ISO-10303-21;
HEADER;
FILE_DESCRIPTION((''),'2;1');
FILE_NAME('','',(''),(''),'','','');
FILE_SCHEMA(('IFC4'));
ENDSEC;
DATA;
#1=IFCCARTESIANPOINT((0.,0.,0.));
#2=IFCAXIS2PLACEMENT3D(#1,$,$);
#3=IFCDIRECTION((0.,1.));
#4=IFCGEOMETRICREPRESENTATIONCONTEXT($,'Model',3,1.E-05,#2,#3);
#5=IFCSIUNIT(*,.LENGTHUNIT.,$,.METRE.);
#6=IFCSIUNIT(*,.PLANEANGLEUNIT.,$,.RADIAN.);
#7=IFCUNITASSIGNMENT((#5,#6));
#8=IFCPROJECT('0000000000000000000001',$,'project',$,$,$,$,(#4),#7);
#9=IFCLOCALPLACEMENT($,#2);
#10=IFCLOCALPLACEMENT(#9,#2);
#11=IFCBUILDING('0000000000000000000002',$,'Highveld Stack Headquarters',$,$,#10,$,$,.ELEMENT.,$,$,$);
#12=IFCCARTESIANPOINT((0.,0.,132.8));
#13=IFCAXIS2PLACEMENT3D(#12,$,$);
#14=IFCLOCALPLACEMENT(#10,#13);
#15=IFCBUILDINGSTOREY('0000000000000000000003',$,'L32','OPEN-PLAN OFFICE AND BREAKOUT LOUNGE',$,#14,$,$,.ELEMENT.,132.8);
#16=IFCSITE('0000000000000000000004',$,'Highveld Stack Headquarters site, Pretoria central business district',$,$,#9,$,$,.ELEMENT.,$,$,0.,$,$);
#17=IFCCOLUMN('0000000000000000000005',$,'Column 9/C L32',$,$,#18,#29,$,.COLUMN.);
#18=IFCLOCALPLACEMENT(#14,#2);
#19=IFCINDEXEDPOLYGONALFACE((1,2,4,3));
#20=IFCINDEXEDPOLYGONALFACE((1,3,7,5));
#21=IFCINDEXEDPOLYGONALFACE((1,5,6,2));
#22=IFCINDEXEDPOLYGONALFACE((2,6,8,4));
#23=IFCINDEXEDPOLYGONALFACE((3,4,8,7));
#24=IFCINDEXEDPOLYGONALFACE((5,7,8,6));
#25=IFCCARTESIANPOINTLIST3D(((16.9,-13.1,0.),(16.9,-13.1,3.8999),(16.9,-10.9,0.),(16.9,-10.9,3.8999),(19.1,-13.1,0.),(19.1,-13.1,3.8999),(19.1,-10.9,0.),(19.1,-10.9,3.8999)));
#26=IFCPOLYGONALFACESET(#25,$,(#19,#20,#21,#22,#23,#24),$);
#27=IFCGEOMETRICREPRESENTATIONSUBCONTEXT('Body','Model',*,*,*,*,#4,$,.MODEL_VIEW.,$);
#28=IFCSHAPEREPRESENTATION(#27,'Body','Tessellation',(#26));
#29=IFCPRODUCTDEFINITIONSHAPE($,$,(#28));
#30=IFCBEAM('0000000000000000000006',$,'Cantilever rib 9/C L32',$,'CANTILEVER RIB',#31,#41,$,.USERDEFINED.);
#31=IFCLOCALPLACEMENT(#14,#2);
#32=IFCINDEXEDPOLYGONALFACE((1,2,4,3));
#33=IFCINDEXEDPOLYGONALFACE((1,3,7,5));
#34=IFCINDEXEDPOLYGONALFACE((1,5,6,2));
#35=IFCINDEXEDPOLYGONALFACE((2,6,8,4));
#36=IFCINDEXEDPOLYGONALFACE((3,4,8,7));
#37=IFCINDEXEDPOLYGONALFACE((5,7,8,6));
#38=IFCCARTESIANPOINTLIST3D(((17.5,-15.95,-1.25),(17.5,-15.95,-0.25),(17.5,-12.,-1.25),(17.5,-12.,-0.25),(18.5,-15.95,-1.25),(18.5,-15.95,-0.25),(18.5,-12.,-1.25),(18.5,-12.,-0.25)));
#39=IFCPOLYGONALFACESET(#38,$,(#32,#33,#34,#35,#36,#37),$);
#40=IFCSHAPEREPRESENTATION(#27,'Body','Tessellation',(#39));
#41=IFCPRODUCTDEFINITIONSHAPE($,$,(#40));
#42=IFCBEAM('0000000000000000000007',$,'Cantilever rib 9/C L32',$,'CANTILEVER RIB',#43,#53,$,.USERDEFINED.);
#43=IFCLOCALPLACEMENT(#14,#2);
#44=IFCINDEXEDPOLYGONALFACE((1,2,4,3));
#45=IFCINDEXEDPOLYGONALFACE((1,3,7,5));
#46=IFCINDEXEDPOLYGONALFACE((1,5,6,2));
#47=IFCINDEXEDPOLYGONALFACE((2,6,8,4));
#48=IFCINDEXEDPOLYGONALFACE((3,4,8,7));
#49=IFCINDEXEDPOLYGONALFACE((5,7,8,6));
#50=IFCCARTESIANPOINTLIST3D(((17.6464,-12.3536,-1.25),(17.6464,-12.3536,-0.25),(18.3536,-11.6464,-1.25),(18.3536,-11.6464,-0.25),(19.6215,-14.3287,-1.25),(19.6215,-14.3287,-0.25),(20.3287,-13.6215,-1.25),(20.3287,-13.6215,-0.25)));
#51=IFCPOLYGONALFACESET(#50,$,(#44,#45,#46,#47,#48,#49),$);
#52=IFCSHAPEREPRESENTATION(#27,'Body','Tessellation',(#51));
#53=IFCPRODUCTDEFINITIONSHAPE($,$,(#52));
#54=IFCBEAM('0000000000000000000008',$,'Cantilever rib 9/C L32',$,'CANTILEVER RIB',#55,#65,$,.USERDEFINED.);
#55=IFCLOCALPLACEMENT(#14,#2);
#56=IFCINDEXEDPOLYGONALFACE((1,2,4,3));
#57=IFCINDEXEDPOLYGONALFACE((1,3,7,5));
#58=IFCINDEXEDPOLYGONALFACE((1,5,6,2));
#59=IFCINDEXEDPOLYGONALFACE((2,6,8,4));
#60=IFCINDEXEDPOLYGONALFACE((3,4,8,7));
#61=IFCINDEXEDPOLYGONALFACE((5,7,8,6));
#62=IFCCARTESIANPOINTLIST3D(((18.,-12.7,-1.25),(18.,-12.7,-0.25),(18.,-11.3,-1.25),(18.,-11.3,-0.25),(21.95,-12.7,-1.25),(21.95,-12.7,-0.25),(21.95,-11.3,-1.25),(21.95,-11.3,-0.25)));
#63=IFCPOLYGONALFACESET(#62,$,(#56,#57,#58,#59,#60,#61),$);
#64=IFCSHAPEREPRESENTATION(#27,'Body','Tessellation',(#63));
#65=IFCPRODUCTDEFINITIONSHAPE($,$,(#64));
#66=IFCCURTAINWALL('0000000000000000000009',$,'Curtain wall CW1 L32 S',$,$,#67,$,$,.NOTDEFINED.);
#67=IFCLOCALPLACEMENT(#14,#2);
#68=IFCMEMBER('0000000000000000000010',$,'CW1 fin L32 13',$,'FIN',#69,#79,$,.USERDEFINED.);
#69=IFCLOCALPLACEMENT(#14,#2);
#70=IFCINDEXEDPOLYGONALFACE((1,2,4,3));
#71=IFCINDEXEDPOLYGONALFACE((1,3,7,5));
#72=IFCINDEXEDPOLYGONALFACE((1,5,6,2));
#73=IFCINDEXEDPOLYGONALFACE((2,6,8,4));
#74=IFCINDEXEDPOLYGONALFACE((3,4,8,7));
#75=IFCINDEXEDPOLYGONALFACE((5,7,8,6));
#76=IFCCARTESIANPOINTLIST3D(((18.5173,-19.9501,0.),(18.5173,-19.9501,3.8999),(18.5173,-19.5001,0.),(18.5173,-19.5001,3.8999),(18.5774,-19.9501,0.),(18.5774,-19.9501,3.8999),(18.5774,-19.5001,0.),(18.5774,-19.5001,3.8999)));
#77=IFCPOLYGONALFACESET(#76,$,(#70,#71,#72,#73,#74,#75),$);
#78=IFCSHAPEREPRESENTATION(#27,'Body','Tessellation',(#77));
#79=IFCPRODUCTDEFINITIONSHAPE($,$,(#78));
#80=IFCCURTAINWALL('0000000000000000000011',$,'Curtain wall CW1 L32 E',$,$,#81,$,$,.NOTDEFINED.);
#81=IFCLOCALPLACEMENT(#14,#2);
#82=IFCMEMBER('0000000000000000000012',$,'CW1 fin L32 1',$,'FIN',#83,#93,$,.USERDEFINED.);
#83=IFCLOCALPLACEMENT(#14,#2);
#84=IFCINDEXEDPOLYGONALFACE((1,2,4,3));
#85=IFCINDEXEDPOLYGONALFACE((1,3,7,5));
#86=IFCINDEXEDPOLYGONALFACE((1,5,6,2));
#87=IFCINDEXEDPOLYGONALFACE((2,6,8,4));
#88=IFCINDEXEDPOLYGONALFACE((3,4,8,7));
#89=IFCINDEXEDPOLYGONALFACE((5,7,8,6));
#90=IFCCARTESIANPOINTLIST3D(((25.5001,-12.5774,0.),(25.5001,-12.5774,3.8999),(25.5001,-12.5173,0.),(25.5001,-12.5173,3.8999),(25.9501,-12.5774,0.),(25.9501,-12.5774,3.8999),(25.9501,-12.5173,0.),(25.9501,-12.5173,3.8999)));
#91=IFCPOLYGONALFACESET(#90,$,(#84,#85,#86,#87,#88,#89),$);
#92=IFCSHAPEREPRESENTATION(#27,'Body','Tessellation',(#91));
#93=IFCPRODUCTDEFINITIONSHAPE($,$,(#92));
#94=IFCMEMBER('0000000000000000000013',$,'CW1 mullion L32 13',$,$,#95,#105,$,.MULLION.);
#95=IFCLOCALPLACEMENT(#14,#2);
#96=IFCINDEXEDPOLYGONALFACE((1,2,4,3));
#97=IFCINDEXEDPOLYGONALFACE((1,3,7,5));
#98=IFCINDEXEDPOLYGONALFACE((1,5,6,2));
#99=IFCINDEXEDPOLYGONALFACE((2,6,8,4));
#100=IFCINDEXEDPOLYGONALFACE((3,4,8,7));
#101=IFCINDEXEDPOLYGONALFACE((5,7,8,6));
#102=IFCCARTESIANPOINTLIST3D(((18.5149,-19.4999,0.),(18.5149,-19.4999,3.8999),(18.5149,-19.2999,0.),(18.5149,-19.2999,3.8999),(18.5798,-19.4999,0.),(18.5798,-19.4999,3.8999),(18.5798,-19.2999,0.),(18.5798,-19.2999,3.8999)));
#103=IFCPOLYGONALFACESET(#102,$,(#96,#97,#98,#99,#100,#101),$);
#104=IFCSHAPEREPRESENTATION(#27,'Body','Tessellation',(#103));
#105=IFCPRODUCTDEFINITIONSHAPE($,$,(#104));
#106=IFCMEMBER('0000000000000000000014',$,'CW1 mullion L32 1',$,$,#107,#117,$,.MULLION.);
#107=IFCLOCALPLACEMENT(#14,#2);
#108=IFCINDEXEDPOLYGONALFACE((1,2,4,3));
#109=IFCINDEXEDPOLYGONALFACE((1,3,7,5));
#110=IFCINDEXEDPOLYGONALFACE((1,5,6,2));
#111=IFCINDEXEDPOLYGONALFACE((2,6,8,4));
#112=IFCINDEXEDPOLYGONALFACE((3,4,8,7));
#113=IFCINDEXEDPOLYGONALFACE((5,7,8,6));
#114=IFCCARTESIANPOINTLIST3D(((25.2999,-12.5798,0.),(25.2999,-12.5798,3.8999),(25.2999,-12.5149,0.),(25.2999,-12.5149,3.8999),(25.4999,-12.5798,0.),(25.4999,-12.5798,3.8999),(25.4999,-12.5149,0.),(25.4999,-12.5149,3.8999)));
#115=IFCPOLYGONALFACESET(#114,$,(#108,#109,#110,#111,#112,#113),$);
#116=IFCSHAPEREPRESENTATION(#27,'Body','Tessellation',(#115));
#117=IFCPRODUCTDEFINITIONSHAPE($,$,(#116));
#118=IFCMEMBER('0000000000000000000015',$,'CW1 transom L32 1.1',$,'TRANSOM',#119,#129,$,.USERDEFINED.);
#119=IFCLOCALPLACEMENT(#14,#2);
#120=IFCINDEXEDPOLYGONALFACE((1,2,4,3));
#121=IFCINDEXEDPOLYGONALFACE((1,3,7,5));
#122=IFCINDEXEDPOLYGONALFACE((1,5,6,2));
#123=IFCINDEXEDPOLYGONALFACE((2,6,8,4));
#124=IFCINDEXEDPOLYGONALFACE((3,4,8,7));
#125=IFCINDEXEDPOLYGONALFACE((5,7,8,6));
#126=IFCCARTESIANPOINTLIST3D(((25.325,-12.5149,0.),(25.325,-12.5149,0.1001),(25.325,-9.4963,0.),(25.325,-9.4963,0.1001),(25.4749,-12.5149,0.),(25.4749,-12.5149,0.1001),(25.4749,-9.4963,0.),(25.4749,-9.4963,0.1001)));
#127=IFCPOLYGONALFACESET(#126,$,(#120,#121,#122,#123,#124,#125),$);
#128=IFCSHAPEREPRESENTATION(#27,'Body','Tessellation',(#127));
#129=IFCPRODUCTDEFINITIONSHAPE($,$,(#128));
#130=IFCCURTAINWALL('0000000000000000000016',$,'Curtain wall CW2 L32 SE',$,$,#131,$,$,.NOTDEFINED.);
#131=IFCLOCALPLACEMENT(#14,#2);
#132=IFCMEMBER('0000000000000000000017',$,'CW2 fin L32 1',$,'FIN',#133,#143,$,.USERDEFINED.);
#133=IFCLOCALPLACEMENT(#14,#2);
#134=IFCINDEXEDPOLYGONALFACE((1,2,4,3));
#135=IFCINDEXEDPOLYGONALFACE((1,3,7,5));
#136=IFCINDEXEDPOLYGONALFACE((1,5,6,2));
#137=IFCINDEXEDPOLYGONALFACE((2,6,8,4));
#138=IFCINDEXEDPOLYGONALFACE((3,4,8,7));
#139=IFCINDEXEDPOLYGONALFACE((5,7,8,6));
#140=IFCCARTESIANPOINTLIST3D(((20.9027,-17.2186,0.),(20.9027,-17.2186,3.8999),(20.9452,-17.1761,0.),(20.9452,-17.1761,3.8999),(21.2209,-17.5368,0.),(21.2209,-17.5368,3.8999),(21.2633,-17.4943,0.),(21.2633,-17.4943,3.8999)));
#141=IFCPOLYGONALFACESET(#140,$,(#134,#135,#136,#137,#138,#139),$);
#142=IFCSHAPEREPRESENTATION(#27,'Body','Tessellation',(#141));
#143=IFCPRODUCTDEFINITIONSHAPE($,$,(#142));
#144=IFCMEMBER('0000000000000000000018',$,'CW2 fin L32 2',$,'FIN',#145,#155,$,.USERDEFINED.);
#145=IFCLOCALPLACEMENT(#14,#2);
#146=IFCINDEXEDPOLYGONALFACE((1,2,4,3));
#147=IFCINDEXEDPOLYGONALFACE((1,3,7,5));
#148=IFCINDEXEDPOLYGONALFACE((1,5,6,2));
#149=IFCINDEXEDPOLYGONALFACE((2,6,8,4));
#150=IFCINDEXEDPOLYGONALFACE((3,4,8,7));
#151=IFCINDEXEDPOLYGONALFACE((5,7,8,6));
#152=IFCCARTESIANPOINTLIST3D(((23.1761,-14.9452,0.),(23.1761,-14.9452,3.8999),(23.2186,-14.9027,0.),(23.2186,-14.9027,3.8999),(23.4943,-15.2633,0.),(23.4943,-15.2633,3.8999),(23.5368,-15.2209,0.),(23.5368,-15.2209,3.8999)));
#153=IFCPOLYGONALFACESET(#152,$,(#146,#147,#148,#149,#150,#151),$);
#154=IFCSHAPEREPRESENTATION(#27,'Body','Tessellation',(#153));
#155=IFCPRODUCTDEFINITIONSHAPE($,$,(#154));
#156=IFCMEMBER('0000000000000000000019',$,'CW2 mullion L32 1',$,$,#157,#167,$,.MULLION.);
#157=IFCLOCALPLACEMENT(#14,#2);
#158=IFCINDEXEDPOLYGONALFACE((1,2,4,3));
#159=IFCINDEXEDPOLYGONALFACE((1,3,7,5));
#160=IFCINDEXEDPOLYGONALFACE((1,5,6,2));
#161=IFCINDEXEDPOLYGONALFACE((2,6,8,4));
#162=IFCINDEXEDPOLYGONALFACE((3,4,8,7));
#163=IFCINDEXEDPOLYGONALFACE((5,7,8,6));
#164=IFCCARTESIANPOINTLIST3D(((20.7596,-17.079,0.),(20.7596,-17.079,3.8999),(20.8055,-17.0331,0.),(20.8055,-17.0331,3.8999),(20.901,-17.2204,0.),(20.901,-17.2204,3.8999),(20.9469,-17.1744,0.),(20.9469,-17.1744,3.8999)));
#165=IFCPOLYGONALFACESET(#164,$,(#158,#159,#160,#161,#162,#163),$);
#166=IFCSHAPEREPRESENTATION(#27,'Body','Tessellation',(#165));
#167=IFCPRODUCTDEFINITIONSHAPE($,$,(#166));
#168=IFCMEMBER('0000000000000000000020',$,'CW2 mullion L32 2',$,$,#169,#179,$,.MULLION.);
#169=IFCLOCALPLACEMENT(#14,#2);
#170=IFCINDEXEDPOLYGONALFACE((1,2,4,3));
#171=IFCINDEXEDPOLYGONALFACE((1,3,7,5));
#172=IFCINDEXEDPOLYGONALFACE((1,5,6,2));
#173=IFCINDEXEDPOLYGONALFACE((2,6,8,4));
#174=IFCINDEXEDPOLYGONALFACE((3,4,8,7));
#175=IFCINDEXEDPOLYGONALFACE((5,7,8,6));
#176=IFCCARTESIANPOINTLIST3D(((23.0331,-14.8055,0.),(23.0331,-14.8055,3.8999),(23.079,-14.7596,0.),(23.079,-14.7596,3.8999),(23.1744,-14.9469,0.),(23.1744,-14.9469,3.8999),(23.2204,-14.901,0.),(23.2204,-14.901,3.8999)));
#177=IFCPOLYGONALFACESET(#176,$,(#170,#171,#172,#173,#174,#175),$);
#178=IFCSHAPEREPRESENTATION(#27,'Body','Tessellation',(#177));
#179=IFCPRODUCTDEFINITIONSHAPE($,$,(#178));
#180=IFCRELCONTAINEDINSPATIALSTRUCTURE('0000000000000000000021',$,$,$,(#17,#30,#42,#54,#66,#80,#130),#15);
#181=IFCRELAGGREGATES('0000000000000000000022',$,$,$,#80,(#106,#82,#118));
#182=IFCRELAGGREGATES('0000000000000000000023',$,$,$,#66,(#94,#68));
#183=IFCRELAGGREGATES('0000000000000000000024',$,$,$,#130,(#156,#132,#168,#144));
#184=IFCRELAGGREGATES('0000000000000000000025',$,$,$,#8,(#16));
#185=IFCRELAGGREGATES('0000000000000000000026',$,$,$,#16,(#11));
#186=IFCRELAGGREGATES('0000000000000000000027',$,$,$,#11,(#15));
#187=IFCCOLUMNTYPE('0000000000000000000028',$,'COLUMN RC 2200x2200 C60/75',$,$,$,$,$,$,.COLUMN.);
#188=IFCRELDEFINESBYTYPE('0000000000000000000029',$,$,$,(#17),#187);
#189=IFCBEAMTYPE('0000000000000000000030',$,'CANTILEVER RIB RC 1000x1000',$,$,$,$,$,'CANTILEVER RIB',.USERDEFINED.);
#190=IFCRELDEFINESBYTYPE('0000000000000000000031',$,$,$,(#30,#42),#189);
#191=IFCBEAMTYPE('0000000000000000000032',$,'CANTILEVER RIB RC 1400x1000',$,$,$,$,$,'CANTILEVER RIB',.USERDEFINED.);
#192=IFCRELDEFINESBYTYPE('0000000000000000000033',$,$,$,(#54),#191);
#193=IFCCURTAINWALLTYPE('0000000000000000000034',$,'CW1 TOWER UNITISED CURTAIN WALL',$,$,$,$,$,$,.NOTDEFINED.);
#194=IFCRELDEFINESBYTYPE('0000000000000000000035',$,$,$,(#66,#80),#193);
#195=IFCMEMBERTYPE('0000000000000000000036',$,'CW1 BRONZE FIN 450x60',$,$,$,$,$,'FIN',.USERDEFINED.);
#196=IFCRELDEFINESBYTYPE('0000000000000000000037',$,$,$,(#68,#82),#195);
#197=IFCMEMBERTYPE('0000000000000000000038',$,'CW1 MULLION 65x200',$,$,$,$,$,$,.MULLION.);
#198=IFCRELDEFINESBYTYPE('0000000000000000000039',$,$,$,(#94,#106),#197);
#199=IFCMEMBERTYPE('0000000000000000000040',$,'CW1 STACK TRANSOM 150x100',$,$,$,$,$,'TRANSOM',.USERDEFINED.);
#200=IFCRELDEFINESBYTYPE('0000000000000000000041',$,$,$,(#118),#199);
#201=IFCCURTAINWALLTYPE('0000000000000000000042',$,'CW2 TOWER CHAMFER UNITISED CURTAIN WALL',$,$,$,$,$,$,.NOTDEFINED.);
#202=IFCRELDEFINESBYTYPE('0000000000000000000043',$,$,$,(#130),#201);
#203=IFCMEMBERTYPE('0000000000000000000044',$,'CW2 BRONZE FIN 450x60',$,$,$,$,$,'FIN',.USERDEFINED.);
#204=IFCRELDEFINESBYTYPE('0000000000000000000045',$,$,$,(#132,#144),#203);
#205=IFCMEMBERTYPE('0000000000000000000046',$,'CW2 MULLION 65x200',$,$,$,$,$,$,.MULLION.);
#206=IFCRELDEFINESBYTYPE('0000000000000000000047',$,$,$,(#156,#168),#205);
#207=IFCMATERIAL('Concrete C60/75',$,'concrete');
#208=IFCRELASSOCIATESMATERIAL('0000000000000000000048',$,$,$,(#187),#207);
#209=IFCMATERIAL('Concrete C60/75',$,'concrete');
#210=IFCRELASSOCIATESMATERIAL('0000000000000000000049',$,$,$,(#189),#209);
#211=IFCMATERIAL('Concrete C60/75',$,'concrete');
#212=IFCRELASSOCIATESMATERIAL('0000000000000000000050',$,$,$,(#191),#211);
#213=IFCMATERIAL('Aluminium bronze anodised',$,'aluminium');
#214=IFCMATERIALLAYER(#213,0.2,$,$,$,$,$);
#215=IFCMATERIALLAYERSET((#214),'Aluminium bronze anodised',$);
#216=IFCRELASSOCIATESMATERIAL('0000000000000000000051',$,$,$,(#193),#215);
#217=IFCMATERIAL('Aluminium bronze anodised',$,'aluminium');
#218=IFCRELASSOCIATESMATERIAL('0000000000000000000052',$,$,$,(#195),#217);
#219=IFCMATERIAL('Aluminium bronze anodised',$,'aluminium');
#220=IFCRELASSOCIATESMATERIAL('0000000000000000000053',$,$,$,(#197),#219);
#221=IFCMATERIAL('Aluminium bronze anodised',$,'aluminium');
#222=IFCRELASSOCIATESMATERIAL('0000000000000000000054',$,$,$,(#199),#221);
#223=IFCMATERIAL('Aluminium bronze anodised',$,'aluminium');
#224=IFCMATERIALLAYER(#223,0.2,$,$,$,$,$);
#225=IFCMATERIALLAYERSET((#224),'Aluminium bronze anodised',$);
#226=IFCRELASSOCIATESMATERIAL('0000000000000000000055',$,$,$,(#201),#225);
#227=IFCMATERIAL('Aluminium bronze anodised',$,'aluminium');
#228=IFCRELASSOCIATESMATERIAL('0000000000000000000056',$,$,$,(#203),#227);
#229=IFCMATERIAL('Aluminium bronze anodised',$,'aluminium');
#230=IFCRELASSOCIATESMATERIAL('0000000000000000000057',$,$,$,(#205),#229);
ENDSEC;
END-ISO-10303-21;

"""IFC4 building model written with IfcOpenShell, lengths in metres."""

from ifc_helpers import new_model, si_unit, direction, frame, origin, origin_2d, place, context, subcontext, project, spatial, rectangle, extrude, material, layer, layer_set, material_profile, profile_set, type_object, element, aggregate, save


model = new_model("IFC4")

# Units and contexts
model_context = context("Model", 3, precision=1e-05, world=origin(), true_north=direction((0.0, 1.0)))
body_context = subcontext(model_context, "Body", "Model", "MODEL_VIEW")
ifc_project = project(units=[si_unit("LENGTHUNIT", "METRE"), si_unit("PLANEANGLEUNIT", "RADIAN")], contexts=[model_context])

# Site, building, storey
site_placement = place(None, origin())
site = spatial("IfcSite", under=ifc_project, at=site_placement, Name="Highveld Stack Headquarters site, Pretoria central business district", CompositionType="ELEMENT", RefElevation=0.0)
building_placement = place(site_placement, origin())
building = spatial("IfcBuilding", under=site, at=building_placement, Name="Highveld Stack Headquarters", CompositionType="ELEMENT")
storey_placement = place(building_placement, frame((0.0, 0.0, 132.8)))
storey = spatial("IfcBuildingStorey", under=building, at=storey_placement, Name="L32", Description="OPEN-PLAN OFFICE AND BREAKOUT LOUNGE", CompositionType="ELEMENT", Elevation=132.8)

# Column
ifc_material_1 = material(Name="Concrete C60/75", Category="concrete")
ifc_material_profile_1 = material_profile(ifc_material_1, rectangle(XDim=2.2, YDim=2.2, at=origin_2d()), Name="RC 2200x2200")
ifc_profile_set_1 = profile_set([ifc_material_profile_1], Name="Concrete C60/75")
column_type = type_object("IfcColumnType", Name="COLUMN RC 2200x2200 C60/75", PredefinedType="COLUMN", material=ifc_profile_set_1)
column_placement = place(storey_placement, frame((18.0, -12.0, 0.0), z_axis=(0.0, 0.0, 1.0), x_axis=(1.0, 0.0, 0.0)))
element("IfcColumn", 1, at=column_placement, inside=storey, type_object=column_type, Name="Column 9/C L32", PredefinedType="COLUMN", context=body_context, shape_type="SweptSolid", body=[
    extrude(rectangle(XDim=2.2, YDim=2.2, at=origin_2d()), origin(), (0.0, 0.0, 1.0), 3.8999),
])

# Beams
ifc_material_2 = material(Name="Concrete C60/75", Category="concrete")
ifc_material_profile_2 = material_profile(ifc_material_2, rectangle(XDim=1.0, YDim=1.0, at=origin_2d()), Name="RC 1000x1000")
ifc_profile_set_2 = profile_set([ifc_material_profile_2], Name="Concrete C60/75")
beam_type_1 = type_object("IfcBeamType", Name="CANTILEVER RIB RC 1000x1000", ElementType="CANTILEVER RIB", PredefinedType="USERDEFINED", material=ifc_profile_set_2)
beam_1_placement = place(storey_placement, frame((18.0, -12.0, -0.75), z_axis=(0.0, -1.0, 0.0), x_axis=(1.0, 0.0, 0.0)))
element("IfcBeam", 2, at=beam_1_placement, inside=storey, type_object=beam_type_1, Name="Cantilever rib 9/C L32", ObjectType="CANTILEVER RIB", PredefinedType="USERDEFINED", context=body_context, shape_type="SweptSolid", body=[
    extrude(rectangle(XDim=1.0, YDim=1.0, at=origin_2d()), origin(), (0.0, 0.0, 1.0), 3.95),
])
beam_2_placement = place(storey_placement, frame((18.0, -12.0, -0.75), z_axis=(0.707107, -0.707107, 0.0), x_axis=(0.707107, 0.707107, 0.0)))
element("IfcBeam", 3, at=beam_2_placement, inside=storey, type_object=beam_type_1, Name="Cantilever rib 9/C L32", ObjectType="CANTILEVER RIB", PredefinedType="USERDEFINED", context=body_context, shape_type="SweptSolid", body=[
    extrude(rectangle(XDim=1.0, YDim=1.0, at=origin_2d()), origin(), (0.0, 0.0, 1.0), 2.7932),
])
ifc_material_3 = material(Name="Concrete C60/75", Category="concrete")
ifc_material_profile_3 = material_profile(ifc_material_3, rectangle(XDim=1.3999, YDim=1.0, at=origin_2d()), Name="RC 1400x1000")
ifc_profile_set_3 = profile_set([ifc_material_profile_3], Name="Concrete C60/75")
beam_type_2 = type_object("IfcBeamType", Name="CANTILEVER RIB RC 1400x1000", ElementType="CANTILEVER RIB", PredefinedType="USERDEFINED", material=ifc_profile_set_3)
beam_3_placement = place(storey_placement, frame((18.0, -12.0, -0.75), z_axis=(1.0, 0.0, 0.0), x_axis=(0.0, 1.0, 0.0)))
element("IfcBeam", 4, at=beam_3_placement, inside=storey, type_object=beam_type_2, Name="Cantilever rib 9/C L32", ObjectType="CANTILEVER RIB", PredefinedType="USERDEFINED", context=body_context, shape_type="SweptSolid", body=[
    extrude(rectangle(XDim=1.3999, YDim=1.0, at=origin_2d()), origin(), (0.0, 0.0, 1.0), 3.95),
])

# Curtain walls, members
ifc_material_4 = material(Name="Aluminium bronze anodised", Category="aluminium")
ifc_layer_1 = layer(ifc_material_4, 0.2)
ifc_layer_set_1 = layer_set([ifc_layer_1], Name="Aluminium bronze anodised")
curtain_wall_type_1 = type_object("IfcCurtainWallType", Name="CW1 TOWER UNITISED CURTAIN WALL", PredefinedType="NOTDEFINED", material=ifc_layer_set_1)
curtain_wall_1_placement = place(storey_placement, origin())
curtain_wall_1 = element("IfcCurtainWall", 5, at=curtain_wall_1_placement, inside=storey, type_object=curtain_wall_type_1, Name="Curtain wall CW1 L32 S", PredefinedType="NOTDEFINED")
ifc_material_5 = material(Name="Aluminium bronze anodised", Category="aluminium")
ifc_material_profile_4 = material_profile(ifc_material_5, rectangle(XDim=0.45, YDim=0.0601, at=origin_2d()), Name="FIN 450x60")
ifc_profile_set_4 = profile_set([ifc_material_profile_4], Name="Aluminium bronze anodised")
member_type_1 = type_object("IfcMemberType", Name="CW1 BRONZE FIN 450x60", ElementType="FIN", PredefinedType="USERDEFINED", material=ifc_profile_set_4)
member_1_placement = place(storey_placement, frame((18.5474, -19.7251, 0.0), z_axis=(0.0, 0.0, 1.0), x_axis=(0.0, 1.0, 0.0)))
member_1 = element("IfcMember", 6, at=member_1_placement, type_object=member_type_1, Name="CW1 fin L32 13", ObjectType="FIN", PredefinedType="USERDEFINED", context=body_context, shape_type="SweptSolid", body=[
    extrude(rectangle(XDim=0.45, YDim=0.0601, at=origin_2d()), origin(), (0.0, 0.0, 1.0), 3.8999),
])
curtain_wall_2_placement = place(storey_placement, origin())
curtain_wall_2 = element("IfcCurtainWall", 7, at=curtain_wall_2_placement, inside=storey, type_object=curtain_wall_type_1, Name="Curtain wall CW1 L32 E", PredefinedType="NOTDEFINED")
member_2_placement = place(storey_placement, frame((25.7251, -12.5474, 0.0), z_axis=(0.0, 0.0, 1.0), x_axis=(-1.0, 0.0, 0.0)))
member_2 = element("IfcMember", 8, at=member_2_placement, type_object=member_type_1, Name="CW1 fin L32 1", ObjectType="FIN", PredefinedType="USERDEFINED", context=body_context, shape_type="SweptSolid", body=[
    extrude(rectangle(XDim=0.45, YDim=0.0601, at=origin_2d()), origin(), (0.0, 0.0, 1.0), 3.8999),
])

# Members
ifc_material_6 = material(Name="Aluminium bronze anodised", Category="aluminium")
ifc_material_profile_5 = material_profile(ifc_material_6, rectangle(XDim=0.2, YDim=0.0649, at=origin_2d()), Name="CW1 MULLION 65x200")
ifc_profile_set_5 = profile_set([ifc_material_profile_5], Name="Aluminium bronze anodised")
member_type_2 = type_object("IfcMemberType", Name="CW1 MULLION 65x200", PredefinedType="MULLION", material=ifc_profile_set_5)
member_3_placement = place(storey_placement, frame((18.5474, -19.3999, 0.0), z_axis=(0.0, 0.0, 1.0), x_axis=(0.0, 1.0, 0.0)))
member_3 = element("IfcMember", 9, at=member_3_placement, type_object=member_type_2, Name="CW1 mullion L32 13", PredefinedType="MULLION", context=body_context, shape_type="SweptSolid", body=[
    extrude(rectangle(XDim=0.2, YDim=0.0649, at=origin_2d()), origin(), (0.0, 0.0, 1.0), 3.8999),
])
member_4_placement = place(storey_placement, frame((25.3999, -12.5474, 0.0), z_axis=(0.0, 0.0, 1.0), x_axis=(-1.0, 0.0, 0.0)))
member_4 = element("IfcMember", 10, at=member_4_placement, type_object=member_type_2, Name="CW1 mullion L32 1", PredefinedType="MULLION", context=body_context, shape_type="SweptSolid", body=[
    extrude(rectangle(XDim=0.2, YDim=0.0649, at=origin_2d()), origin(), (0.0, 0.0, 1.0), 3.8999),
])
ifc_material_7 = material(Name="Aluminium bronze anodised", Category="aluminium")
ifc_material_profile_6 = material_profile(ifc_material_7, rectangle(XDim=0.1499, YDim=0.1001, at=origin_2d()), Name="CW1 TRANSOM 150x100")
ifc_profile_set_6 = profile_set([ifc_material_profile_6], Name="Aluminium bronze anodised")
member_type_3 = type_object("IfcMemberType", Name="CW1 STACK TRANSOM 150x100", ElementType="TRANSOM", PredefinedType="USERDEFINED", material=ifc_profile_set_6)
member_5_placement = place(storey_placement, frame((25.3999, -12.5149, 0.05), z_axis=(0.0, 1.0, 0.0), x_axis=(-1.0, 0.0, 0.0)))
member_5 = element("IfcMember", 11, at=member_5_placement, type_object=member_type_3, Name="CW1 transom L32 1.1", ObjectType="TRANSOM", PredefinedType="USERDEFINED", context=body_context, shape_type="SweptSolid", body=[
    extrude(rectangle(XDim=0.1499, YDim=0.1001, at=origin_2d()), origin(), (0.0, 0.0, 1.0), 3.0186),
])
aggregate(curtain_wall_2, [member_4, member_2, member_5])

# Curtain wall, members
ifc_material_8 = material(Name="Aluminium bronze anodised", Category="aluminium")
ifc_layer_2 = layer(ifc_material_8, 0.2)
ifc_layer_set_2 = layer_set([ifc_layer_2], Name="Aluminium bronze anodised")
curtain_wall_type_2 = type_object("IfcCurtainWallType", Name="CW2 TOWER CHAMFER UNITISED CURTAIN WALL", PredefinedType="NOTDEFINED", material=ifc_layer_set_2)
curtain_wall_3_placement = place(storey_placement, origin())
curtain_wall_3 = element("IfcCurtainWall", 12, at=curtain_wall_3_placement, inside=storey, type_object=curtain_wall_type_2, Name="Curtain wall CW2 L32 SE", PredefinedType="NOTDEFINED")
ifc_material_9 = material(Name="Aluminium bronze anodised", Category="aluminium")
ifc_material_profile_7 = material_profile(ifc_material_9, rectangle(XDim=0.45, YDim=0.0601, at=origin_2d()), Name="FIN 450x60")
ifc_profile_set_7 = profile_set([ifc_material_profile_7], Name="Aluminium bronze anodised")
member_type_4 = type_object("IfcMemberType", Name="CW2 BRONZE FIN 450x60", ElementType="FIN", PredefinedType="USERDEFINED", material=ifc_profile_set_7)
member_6_placement = place(storey_placement, frame((21.083, -17.3564, 0.0), z_axis=(0.0, 0.0, 1.0), x_axis=(-0.707107, 0.707107, 0.0)))
member_6 = element("IfcMember", 13, at=member_6_placement, type_object=member_type_4, Name="CW2 fin L32 1", ObjectType="FIN", PredefinedType="USERDEFINED", context=body_context, shape_type="SweptSolid", body=[
    extrude(rectangle(XDim=0.45, YDim=0.0601, at=origin_2d()), origin(), (0.0, 0.0, 1.0), 3.8999),
])
member_7_placement = place(storey_placement, frame((23.3564, -15.083, 0.0), z_axis=(0.0, 0.0, 1.0), x_axis=(-0.707107, 0.707107, 0.0)))
member_7 = element("IfcMember", 14, at=member_7_placement, type_object=member_type_4, Name="CW2 fin L32 2", ObjectType="FIN", PredefinedType="USERDEFINED", context=body_context, shape_type="SweptSolid", body=[
    extrude(rectangle(XDim=0.45, YDim=0.0601, at=origin_2d()), origin(), (0.0, 0.0, 1.0), 3.8999),
])
ifc_material_10 = material(Name="Aluminium bronze anodised", Category="aluminium")
ifc_material_profile_8 = material_profile(ifc_material_10, rectangle(XDim=0.2, YDim=0.0649, at=origin_2d()), Name="CW2 MULLION 65x200")
ifc_profile_set_8 = profile_set([ifc_material_profile_8], Name="Aluminium bronze anodised")
member_type_5 = type_object("IfcMemberType", Name="CW2 MULLION 65x200", PredefinedType="MULLION", material=ifc_profile_set_8)
member_8_placement = place(storey_placement, frame((20.8533, -17.1267, 0.0), z_axis=(0.0, 0.0, 1.0), x_axis=(-0.707107, 0.707107, 0.0)))
member_8 = element("IfcMember", 15, at=member_8_placement, type_object=member_type_5, Name="CW2 mullion L32 1", PredefinedType="MULLION", context=body_context, shape_type="SweptSolid", body=[
    extrude(rectangle(XDim=0.2, YDim=0.0649, at=origin_2d()), origin(), (0.0, 0.0, 1.0), 3.8999),
])
member_9_placement = place(storey_placement, frame((23.1267, -14.8533, 0.0), z_axis=(0.0, 0.0, 1.0), x_axis=(-0.707107, 0.707107, 0.0)))
member_9 = element("IfcMember", 16, at=member_9_placement, type_object=member_type_5, Name="CW2 mullion L32 2", PredefinedType="MULLION", context=body_context, shape_type="SweptSolid", body=[
    extrude(rectangle(XDim=0.2, YDim=0.0649, at=origin_2d()), origin(), (0.0, 0.0, 1.0), 3.8999),
])

aggregate(curtain_wall_1, [member_3, member_1])
aggregate(curtain_wall_3, [member_8, member_6, member_9, member_7])

save(model, "model.ifc")
